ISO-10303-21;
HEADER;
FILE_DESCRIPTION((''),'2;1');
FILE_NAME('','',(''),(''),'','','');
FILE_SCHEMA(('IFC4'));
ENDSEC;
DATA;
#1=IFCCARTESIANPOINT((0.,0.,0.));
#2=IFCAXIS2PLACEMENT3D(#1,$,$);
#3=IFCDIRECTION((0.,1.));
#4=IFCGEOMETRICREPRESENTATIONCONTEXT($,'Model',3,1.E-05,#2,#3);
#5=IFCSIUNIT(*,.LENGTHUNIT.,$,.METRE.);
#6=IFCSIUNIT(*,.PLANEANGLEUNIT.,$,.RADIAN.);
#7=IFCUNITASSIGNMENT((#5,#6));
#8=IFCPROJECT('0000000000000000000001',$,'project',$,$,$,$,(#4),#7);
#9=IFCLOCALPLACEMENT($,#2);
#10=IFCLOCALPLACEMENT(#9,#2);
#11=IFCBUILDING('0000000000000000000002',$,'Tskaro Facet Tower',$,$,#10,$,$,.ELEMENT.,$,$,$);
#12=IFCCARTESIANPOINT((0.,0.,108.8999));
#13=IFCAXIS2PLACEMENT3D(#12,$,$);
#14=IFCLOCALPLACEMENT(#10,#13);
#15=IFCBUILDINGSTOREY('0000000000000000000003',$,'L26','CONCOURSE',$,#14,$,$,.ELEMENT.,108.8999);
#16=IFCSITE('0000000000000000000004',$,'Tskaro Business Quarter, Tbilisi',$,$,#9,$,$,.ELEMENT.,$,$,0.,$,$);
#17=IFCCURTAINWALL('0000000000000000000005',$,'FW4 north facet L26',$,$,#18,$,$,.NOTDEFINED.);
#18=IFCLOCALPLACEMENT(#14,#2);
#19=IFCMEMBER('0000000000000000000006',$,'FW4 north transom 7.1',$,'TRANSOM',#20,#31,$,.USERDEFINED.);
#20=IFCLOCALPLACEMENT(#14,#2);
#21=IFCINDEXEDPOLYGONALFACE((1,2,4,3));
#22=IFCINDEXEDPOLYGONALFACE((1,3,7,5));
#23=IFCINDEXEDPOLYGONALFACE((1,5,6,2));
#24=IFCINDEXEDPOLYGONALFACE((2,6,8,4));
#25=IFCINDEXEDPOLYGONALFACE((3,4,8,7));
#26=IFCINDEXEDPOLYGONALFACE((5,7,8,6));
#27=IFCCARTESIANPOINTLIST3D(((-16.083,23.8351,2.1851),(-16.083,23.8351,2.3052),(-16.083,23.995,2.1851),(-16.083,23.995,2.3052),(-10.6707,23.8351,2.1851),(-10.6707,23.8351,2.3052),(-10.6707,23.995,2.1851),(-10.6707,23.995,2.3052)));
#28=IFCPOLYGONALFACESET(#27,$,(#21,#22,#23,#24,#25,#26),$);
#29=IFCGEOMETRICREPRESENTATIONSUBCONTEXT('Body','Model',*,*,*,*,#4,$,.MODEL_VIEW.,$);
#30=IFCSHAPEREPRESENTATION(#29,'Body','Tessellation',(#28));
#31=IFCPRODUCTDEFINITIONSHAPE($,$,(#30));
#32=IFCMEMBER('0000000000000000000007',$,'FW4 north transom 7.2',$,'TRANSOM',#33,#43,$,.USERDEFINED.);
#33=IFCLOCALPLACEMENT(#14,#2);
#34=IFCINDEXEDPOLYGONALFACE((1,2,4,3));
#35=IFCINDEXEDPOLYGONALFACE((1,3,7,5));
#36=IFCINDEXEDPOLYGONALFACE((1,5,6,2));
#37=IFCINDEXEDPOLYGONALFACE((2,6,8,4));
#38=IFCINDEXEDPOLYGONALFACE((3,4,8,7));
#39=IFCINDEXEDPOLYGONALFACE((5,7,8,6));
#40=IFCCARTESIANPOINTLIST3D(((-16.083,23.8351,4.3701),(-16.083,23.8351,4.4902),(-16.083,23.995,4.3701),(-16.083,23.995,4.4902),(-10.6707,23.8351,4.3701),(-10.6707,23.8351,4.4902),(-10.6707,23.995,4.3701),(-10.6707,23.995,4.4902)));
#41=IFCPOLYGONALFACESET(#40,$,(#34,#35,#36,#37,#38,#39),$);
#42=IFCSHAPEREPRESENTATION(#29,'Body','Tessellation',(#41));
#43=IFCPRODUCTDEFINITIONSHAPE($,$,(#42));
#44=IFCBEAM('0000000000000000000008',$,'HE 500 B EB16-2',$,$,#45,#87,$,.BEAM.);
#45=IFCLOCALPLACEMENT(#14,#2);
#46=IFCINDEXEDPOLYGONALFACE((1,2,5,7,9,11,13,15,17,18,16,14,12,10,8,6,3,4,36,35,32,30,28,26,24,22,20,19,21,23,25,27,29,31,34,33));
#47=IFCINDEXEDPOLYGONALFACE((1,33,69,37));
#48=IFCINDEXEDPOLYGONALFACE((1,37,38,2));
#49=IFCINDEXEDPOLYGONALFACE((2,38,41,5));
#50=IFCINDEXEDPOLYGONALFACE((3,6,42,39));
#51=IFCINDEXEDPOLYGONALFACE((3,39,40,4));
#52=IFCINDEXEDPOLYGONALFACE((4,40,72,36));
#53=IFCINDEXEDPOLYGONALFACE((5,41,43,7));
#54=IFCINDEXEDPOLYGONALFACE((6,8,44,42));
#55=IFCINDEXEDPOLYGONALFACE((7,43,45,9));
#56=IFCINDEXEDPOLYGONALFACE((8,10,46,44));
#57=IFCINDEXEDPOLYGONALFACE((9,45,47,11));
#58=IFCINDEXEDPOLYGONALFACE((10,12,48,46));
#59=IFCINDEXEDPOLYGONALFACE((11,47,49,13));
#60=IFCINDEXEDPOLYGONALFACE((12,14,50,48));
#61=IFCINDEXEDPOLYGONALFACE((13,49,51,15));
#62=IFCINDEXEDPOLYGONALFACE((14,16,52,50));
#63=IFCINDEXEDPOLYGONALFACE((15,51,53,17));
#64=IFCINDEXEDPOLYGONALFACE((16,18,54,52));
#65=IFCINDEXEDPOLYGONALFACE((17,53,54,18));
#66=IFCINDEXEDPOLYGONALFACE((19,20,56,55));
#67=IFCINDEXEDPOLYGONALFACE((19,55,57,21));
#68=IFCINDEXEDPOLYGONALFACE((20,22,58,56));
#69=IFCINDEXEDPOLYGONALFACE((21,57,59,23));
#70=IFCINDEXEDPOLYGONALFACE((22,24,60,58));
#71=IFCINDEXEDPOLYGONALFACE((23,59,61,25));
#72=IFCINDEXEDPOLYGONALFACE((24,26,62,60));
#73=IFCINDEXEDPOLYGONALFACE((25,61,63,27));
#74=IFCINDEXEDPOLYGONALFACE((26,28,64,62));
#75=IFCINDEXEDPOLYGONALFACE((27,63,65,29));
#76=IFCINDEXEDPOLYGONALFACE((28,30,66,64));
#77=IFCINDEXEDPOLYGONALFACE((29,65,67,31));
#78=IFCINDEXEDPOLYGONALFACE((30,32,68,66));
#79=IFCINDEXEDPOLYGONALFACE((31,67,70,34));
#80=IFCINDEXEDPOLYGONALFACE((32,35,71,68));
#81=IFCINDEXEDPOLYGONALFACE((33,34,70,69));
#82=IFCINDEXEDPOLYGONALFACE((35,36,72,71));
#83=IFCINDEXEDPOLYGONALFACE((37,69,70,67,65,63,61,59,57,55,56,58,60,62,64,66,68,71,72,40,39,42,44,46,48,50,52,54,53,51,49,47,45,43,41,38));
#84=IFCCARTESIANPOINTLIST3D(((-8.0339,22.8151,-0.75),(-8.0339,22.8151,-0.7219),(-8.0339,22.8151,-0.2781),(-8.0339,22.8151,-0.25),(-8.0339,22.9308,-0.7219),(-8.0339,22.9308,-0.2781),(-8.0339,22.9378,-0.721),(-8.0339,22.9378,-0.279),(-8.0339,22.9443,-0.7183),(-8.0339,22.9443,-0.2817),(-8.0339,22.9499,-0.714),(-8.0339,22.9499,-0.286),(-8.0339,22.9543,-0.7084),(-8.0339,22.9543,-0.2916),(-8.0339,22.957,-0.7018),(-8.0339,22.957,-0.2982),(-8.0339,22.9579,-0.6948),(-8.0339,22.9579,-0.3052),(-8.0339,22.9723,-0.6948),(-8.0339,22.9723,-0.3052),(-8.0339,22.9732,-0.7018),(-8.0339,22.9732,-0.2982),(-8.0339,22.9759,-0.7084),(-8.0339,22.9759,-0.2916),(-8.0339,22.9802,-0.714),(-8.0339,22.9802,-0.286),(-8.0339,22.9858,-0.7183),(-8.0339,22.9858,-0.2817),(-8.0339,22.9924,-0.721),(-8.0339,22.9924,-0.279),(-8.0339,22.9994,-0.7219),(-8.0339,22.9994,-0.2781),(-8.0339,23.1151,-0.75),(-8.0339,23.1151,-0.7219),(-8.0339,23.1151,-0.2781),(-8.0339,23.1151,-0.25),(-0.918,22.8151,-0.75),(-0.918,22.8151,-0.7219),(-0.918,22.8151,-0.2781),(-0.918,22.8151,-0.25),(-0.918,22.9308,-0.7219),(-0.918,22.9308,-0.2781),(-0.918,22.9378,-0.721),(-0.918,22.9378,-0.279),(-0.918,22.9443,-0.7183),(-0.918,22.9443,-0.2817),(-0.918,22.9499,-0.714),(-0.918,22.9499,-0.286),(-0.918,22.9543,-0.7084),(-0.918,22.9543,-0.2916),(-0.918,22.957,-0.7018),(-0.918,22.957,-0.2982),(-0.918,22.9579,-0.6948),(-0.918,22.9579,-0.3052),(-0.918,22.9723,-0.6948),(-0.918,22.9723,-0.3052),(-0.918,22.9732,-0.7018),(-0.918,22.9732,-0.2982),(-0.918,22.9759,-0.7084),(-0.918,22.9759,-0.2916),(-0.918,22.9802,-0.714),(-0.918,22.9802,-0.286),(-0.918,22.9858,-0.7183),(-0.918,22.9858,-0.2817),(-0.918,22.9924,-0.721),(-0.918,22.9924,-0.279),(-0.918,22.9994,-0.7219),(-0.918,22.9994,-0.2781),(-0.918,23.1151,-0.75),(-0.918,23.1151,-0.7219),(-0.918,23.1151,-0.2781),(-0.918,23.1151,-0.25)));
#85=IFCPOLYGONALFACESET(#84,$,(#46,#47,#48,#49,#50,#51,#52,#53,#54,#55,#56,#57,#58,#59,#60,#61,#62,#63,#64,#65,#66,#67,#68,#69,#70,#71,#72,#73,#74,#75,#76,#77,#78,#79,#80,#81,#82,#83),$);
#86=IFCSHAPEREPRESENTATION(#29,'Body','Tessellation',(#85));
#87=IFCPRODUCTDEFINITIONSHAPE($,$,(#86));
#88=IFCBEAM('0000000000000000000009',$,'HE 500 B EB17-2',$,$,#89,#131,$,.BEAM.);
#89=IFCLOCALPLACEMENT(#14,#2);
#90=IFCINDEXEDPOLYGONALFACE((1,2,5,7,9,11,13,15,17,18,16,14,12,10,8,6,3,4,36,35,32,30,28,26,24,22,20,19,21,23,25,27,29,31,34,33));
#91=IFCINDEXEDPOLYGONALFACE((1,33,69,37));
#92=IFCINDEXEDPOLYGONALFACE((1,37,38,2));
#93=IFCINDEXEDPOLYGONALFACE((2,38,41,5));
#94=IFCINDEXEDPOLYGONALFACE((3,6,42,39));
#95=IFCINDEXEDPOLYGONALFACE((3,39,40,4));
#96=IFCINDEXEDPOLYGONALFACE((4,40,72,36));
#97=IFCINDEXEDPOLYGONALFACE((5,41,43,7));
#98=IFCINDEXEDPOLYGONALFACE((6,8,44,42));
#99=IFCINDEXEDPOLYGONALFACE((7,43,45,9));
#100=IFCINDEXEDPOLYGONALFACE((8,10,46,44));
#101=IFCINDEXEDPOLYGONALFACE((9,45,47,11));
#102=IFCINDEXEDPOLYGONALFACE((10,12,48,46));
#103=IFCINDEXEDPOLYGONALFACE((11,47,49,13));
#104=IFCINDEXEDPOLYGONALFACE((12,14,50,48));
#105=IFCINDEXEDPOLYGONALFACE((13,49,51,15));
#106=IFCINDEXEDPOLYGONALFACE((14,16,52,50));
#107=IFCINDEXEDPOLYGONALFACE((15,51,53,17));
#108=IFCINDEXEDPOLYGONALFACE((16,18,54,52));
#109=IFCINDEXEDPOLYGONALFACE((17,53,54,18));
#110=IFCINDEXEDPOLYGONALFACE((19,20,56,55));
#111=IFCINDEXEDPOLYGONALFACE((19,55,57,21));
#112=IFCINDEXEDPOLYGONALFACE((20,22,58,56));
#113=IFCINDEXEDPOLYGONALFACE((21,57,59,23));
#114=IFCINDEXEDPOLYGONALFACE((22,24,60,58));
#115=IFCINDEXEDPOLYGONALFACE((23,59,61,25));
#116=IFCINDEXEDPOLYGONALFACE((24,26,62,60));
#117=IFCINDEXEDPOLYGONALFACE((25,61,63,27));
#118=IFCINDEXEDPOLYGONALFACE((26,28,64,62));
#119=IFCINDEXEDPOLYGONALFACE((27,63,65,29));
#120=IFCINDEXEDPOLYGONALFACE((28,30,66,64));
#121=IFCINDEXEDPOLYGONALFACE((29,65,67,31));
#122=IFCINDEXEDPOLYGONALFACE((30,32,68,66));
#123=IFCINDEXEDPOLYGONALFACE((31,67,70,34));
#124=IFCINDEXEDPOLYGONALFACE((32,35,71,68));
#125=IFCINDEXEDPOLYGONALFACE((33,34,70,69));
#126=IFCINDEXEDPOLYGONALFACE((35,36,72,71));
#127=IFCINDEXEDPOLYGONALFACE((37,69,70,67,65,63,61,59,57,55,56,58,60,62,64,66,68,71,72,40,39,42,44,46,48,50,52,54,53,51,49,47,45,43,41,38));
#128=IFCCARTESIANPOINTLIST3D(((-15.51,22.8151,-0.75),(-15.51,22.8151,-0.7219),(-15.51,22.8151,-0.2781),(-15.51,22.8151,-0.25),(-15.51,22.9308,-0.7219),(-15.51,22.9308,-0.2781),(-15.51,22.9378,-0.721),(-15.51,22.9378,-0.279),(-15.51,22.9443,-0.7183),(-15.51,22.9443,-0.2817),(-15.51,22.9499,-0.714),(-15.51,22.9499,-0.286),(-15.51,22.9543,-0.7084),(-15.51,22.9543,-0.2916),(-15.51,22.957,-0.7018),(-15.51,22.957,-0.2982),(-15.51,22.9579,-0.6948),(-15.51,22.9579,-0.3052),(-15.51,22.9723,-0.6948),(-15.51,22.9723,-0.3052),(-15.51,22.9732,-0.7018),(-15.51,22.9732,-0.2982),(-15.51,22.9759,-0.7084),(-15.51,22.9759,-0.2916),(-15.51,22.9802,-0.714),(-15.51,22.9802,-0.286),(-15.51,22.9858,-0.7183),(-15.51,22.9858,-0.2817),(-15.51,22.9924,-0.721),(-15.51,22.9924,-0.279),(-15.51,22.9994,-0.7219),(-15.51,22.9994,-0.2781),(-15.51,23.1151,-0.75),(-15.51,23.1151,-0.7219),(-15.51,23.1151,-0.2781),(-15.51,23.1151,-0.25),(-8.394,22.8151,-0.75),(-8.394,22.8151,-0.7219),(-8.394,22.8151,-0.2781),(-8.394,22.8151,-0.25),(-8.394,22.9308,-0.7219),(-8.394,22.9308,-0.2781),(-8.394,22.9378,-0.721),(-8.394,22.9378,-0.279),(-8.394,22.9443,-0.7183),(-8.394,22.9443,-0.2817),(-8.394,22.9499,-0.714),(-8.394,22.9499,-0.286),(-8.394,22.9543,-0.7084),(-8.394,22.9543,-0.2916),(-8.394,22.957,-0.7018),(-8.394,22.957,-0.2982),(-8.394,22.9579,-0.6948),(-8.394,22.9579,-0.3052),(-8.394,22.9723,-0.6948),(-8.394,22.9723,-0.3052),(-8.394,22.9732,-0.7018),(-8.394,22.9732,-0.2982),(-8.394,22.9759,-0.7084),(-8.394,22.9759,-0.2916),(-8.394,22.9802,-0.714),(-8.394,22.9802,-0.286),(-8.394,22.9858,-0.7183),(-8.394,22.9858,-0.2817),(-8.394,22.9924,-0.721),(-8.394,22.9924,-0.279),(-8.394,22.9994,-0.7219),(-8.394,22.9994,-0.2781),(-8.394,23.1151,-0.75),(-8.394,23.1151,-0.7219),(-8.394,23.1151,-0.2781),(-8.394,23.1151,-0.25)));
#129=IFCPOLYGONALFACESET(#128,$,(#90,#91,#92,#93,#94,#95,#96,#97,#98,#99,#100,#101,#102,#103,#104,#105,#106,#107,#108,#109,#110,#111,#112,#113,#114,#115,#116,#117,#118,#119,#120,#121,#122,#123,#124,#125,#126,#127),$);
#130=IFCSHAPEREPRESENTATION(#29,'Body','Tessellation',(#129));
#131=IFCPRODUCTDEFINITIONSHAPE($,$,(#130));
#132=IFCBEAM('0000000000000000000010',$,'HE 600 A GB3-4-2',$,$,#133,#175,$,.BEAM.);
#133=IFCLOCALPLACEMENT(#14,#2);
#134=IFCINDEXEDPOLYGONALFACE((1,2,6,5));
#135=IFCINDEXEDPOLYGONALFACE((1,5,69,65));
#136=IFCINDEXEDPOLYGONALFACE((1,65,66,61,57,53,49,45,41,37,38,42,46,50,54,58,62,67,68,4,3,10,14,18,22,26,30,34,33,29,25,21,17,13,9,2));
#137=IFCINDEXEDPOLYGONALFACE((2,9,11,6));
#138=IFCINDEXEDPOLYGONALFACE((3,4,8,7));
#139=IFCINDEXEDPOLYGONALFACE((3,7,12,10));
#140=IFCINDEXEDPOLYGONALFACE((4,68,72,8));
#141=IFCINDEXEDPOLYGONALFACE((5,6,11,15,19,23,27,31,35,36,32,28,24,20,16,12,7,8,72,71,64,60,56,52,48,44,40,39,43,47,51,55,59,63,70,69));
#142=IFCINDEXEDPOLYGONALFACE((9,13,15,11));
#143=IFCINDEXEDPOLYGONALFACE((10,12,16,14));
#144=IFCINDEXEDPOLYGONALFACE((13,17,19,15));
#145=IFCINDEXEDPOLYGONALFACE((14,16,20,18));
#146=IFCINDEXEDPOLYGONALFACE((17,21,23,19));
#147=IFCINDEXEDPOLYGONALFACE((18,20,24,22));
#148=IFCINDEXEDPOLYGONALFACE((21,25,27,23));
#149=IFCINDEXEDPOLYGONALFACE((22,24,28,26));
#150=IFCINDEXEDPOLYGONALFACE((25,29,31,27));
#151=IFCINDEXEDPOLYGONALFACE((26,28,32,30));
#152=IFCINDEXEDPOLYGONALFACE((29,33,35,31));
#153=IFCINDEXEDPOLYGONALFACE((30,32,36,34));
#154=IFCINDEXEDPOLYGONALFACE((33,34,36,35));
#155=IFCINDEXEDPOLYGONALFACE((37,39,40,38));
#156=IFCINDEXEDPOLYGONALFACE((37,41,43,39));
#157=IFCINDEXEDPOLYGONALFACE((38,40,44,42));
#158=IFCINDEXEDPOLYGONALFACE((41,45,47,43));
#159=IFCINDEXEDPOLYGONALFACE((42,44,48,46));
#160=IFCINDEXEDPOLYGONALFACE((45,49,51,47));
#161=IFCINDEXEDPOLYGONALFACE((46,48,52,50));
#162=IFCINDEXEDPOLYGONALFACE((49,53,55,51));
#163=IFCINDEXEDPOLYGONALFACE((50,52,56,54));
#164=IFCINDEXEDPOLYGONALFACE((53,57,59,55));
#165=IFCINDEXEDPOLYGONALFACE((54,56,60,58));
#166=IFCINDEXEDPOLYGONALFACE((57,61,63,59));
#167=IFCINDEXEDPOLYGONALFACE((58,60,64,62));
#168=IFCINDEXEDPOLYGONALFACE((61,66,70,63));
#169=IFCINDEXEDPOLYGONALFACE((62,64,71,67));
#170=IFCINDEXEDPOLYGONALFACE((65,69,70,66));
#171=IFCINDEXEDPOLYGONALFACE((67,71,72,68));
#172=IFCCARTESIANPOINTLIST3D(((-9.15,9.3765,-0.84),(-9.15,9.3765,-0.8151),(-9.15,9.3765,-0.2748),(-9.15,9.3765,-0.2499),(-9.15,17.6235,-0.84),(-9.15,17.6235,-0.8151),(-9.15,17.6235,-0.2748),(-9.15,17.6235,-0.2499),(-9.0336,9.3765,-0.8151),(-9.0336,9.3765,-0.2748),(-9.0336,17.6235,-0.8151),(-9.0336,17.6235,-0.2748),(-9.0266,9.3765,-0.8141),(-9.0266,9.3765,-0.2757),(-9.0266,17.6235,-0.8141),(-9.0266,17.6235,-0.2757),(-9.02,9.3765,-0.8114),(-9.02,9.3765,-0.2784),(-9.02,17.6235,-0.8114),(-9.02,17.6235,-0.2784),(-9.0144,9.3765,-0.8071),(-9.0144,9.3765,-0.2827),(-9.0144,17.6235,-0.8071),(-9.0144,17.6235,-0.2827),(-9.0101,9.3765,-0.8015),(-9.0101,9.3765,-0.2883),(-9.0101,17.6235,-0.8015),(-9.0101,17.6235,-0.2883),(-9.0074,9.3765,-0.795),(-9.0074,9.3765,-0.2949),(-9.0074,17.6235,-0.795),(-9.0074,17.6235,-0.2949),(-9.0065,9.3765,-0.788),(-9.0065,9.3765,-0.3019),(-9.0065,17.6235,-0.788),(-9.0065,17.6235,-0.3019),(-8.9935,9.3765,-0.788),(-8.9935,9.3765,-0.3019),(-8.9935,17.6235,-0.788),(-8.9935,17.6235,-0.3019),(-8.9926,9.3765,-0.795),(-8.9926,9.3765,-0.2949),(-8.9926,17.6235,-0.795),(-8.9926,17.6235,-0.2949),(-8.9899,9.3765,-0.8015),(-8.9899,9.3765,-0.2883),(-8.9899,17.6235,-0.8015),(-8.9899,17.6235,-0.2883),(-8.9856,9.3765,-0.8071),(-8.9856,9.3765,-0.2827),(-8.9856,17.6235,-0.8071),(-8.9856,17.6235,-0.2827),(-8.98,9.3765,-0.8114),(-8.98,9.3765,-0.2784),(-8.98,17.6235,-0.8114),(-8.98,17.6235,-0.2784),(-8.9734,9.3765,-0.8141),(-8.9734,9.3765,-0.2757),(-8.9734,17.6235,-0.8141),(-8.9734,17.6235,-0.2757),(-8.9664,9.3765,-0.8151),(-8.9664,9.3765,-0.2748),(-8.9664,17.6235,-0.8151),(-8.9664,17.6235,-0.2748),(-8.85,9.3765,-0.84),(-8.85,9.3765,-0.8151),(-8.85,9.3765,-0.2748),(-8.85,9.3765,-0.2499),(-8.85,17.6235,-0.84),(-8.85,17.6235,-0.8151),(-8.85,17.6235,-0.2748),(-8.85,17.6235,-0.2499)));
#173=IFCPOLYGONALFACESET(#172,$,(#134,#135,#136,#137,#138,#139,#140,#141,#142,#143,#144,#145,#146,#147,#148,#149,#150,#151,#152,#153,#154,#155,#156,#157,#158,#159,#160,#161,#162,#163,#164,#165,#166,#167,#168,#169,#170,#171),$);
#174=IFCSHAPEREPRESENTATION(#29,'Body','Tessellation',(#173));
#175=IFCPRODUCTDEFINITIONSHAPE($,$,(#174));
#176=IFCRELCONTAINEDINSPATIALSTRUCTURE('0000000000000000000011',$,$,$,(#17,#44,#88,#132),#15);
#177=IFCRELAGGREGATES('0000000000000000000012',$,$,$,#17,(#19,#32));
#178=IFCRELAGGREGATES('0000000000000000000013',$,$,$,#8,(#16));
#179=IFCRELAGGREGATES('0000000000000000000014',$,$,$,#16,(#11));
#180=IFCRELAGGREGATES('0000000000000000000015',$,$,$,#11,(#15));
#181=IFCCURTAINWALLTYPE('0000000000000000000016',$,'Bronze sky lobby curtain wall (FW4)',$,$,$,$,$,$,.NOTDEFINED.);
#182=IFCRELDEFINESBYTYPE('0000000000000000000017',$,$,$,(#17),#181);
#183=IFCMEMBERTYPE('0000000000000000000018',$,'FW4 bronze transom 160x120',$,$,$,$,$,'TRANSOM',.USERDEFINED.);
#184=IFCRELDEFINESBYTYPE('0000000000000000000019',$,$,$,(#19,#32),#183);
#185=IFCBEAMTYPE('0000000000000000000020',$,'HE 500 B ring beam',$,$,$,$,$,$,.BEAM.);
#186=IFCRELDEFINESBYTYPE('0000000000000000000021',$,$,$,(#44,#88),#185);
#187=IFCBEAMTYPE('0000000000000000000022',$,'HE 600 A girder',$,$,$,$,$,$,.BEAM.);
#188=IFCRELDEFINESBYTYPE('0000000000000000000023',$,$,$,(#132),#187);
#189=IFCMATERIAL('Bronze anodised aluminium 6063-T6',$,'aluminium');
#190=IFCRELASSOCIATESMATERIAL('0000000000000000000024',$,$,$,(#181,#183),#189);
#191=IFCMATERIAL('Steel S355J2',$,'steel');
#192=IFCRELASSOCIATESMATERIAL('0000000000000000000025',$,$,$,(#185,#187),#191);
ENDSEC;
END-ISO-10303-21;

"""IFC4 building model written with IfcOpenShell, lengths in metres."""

from ifc_helpers import new_model, si_unit, direction, frame, origin, origin_2d, place, context, subcontext, project, spatial, rectangle, i_section, extrude, material, material_profile, profile_set, type_object, element, aggregate, save


model = new_model("IFC4")

# Units and contexts
model_context = context("Model", 3, precision=1e-05, world=origin(), true_north=direction((0.0, 1.0)))
body_context = subcontext(model_context, "Body", "Model", "MODEL_VIEW")
ifc_project = project(units=[si_unit("LENGTHUNIT", "METRE"), si_unit("PLANEANGLEUNIT", "RADIAN")], contexts=[model_context])

# Site, building, storey
site_placement = place(None, origin())
site = spatial("IfcSite", under=ifc_project, at=site_placement, Name="Tskaro Business Quarter, Tbilisi", CompositionType="ELEMENT", RefElevation=0.0)
building_placement = place(site_placement, origin())
building = spatial("IfcBuilding", under=site, at=building_placement, Name="Tskaro Facet Tower", CompositionType="ELEMENT")
storey_placement = place(building_placement, frame((0.0, 0.0, 108.8999)))
storey = spatial("IfcBuildingStorey", under=building, at=storey_placement, Name="L26", Description="CONCOURSE", CompositionType="ELEMENT", Elevation=108.8999)

# Curtain wall, members
ifc_material_1 = material(Name="Bronze anodised aluminium 6063-T6", Category="aluminium")
curtain_wall_type = type_object("IfcCurtainWallType", Name="Bronze sky lobby curtain wall (FW4)", PredefinedType="NOTDEFINED", material=ifc_material_1)
curtain_wall_placement = place(storey_placement, origin())
curtain_wall = element("IfcCurtainWall", 1, at=curtain_wall_placement, inside=storey, type_object=curtain_wall_type, Name="FW4 north facet L26", PredefinedType="NOTDEFINED")
ifc_material_profile_1 = material_profile(ifc_material_1, rectangle(XDim=0.1599, YDim=0.1201, at=origin_2d()), Name="Transom 160x120")
ifc_profile_set_1 = profile_set([ifc_material_profile_1], Name="Bronze anodised aluminium 6063-T6")
member_type_1 = type_object("IfcMemberType", Name="FW4 bronze transom 160x120", ElementType="TRANSOM", PredefinedType="USERDEFINED", material=ifc_profile_set_1)
member_1_placement = place(storey_placement, frame((-10.6707, 23.915, 2.2451), z_axis=(-1.0, 0.0, 0.0), x_axis=(0.0, -1.0, 0.0)))
member_1 = element("IfcMember", 2, at=member_1_placement, type_object=member_type_1, Name="FW4 north transom 7.1", ObjectType="TRANSOM", PredefinedType="USERDEFINED", context=body_context, shape_type="SweptSolid", body=[
    extrude(rectangle(XDim=0.1599, YDim=0.1201, at=origin_2d()), origin(), (0.0, 0.0, 1.0), 5.4124),
])
member_2_placement = place(storey_placement, frame((-10.6707, 23.915, 4.4302), z_axis=(-1.0, 0.0, 0.0), x_axis=(0.0, -1.0, 0.0)))
member_2 = element("IfcMember", 3, at=member_2_placement, type_object=member_type_1, Name="FW4 north transom 7.2", ObjectType="TRANSOM", PredefinedType="USERDEFINED", context=body_context, shape_type="SweptSolid", body=[
    extrude(rectangle(XDim=0.1599, YDim=0.1201, at=origin_2d()), origin(), (0.0, 0.0, 1.0), 5.4124),
])

# Beams
ifc_material_2 = material(Name="Steel S355J2", Category="steel")
ifc_material_profile_2 = material_profile(ifc_material_2, i_section(OverallWidth=0.3, OverallDepth=0.5, WebThickness=0.0144, FlangeThickness=0.0281, FilletRadius=0.0271, at=origin_2d()), Name="HE 500 B")
ifc_profile_set_2 = profile_set([ifc_material_profile_2], Name="Steel S355J2")
beam_type_1 = type_object("IfcBeamType", Name="HE 500 B ring beam", PredefinedType="BEAM", material=ifc_profile_set_2)
for number, where, z_axis, x_axis, name in (
    (4, (-0.918, 22.9651, -0.5), (-1.0, 0.0, 0.0), (0.0, -1.0, 0.0), "HE 500 B EB16-2"),
    (5, (-8.394, 22.9651, -0.5), (-1.0, 0.0, 0.0), (0.0, -1.0, 0.0), "HE 500 B EB17-2"),
):
    element("IfcBeam", number, at=place(storey_placement, frame(where, z_axis=z_axis, x_axis=x_axis)), inside=storey, type_object=beam_type_1, Name=name, PredefinedType="BEAM", context=body_context, shape_type="SweptSolid", body=[
        extrude(i_section(OverallWidth=0.3, OverallDepth=0.5, WebThickness=0.0144, FlangeThickness=0.0281, FilletRadius=0.0271, at=origin_2d()), origin(), (0.0, 0.0, 1.0), 7.116),
    ])
ifc_material_profile_3 = material_profile(ifc_material_2, i_section(OverallWidth=0.3, OverallDepth=0.5901, WebThickness=0.0129, FlangeThickness=0.0249, FilletRadius=0.0271, at=origin_2d()), Name="HE 600 A")
ifc_profile_set_3 = profile_set([ifc_material_profile_3], Name="Steel S355J2")
beam_type_2 = type_object("IfcBeamType", Name="HE 600 A girder", PredefinedType="BEAM", material=ifc_profile_set_3)
beam_1_placement = place(storey_placement, frame((-9.0, 9.3765, -0.5449), z_axis=(0.0, 1.0, 0.0), x_axis=(-1.0, 0.0, 0.0)))
element("IfcBeam", 6, at=beam_1_placement, inside=storey, type_object=beam_type_2, Name="HE 600 A GB3-4-2", PredefinedType="BEAM", context=body_context, shape_type="SweptSolid", body=[
    extrude(i_section(OverallWidth=0.3, OverallDepth=0.5901, WebThickness=0.0129, FlangeThickness=0.0249, FilletRadius=0.0271, at=origin_2d()), origin(), (0.0, 0.0, 1.0), 8.2471),
])

aggregate(curtain_wall, [member_1, member_2])

save(model, "model.ifc")
